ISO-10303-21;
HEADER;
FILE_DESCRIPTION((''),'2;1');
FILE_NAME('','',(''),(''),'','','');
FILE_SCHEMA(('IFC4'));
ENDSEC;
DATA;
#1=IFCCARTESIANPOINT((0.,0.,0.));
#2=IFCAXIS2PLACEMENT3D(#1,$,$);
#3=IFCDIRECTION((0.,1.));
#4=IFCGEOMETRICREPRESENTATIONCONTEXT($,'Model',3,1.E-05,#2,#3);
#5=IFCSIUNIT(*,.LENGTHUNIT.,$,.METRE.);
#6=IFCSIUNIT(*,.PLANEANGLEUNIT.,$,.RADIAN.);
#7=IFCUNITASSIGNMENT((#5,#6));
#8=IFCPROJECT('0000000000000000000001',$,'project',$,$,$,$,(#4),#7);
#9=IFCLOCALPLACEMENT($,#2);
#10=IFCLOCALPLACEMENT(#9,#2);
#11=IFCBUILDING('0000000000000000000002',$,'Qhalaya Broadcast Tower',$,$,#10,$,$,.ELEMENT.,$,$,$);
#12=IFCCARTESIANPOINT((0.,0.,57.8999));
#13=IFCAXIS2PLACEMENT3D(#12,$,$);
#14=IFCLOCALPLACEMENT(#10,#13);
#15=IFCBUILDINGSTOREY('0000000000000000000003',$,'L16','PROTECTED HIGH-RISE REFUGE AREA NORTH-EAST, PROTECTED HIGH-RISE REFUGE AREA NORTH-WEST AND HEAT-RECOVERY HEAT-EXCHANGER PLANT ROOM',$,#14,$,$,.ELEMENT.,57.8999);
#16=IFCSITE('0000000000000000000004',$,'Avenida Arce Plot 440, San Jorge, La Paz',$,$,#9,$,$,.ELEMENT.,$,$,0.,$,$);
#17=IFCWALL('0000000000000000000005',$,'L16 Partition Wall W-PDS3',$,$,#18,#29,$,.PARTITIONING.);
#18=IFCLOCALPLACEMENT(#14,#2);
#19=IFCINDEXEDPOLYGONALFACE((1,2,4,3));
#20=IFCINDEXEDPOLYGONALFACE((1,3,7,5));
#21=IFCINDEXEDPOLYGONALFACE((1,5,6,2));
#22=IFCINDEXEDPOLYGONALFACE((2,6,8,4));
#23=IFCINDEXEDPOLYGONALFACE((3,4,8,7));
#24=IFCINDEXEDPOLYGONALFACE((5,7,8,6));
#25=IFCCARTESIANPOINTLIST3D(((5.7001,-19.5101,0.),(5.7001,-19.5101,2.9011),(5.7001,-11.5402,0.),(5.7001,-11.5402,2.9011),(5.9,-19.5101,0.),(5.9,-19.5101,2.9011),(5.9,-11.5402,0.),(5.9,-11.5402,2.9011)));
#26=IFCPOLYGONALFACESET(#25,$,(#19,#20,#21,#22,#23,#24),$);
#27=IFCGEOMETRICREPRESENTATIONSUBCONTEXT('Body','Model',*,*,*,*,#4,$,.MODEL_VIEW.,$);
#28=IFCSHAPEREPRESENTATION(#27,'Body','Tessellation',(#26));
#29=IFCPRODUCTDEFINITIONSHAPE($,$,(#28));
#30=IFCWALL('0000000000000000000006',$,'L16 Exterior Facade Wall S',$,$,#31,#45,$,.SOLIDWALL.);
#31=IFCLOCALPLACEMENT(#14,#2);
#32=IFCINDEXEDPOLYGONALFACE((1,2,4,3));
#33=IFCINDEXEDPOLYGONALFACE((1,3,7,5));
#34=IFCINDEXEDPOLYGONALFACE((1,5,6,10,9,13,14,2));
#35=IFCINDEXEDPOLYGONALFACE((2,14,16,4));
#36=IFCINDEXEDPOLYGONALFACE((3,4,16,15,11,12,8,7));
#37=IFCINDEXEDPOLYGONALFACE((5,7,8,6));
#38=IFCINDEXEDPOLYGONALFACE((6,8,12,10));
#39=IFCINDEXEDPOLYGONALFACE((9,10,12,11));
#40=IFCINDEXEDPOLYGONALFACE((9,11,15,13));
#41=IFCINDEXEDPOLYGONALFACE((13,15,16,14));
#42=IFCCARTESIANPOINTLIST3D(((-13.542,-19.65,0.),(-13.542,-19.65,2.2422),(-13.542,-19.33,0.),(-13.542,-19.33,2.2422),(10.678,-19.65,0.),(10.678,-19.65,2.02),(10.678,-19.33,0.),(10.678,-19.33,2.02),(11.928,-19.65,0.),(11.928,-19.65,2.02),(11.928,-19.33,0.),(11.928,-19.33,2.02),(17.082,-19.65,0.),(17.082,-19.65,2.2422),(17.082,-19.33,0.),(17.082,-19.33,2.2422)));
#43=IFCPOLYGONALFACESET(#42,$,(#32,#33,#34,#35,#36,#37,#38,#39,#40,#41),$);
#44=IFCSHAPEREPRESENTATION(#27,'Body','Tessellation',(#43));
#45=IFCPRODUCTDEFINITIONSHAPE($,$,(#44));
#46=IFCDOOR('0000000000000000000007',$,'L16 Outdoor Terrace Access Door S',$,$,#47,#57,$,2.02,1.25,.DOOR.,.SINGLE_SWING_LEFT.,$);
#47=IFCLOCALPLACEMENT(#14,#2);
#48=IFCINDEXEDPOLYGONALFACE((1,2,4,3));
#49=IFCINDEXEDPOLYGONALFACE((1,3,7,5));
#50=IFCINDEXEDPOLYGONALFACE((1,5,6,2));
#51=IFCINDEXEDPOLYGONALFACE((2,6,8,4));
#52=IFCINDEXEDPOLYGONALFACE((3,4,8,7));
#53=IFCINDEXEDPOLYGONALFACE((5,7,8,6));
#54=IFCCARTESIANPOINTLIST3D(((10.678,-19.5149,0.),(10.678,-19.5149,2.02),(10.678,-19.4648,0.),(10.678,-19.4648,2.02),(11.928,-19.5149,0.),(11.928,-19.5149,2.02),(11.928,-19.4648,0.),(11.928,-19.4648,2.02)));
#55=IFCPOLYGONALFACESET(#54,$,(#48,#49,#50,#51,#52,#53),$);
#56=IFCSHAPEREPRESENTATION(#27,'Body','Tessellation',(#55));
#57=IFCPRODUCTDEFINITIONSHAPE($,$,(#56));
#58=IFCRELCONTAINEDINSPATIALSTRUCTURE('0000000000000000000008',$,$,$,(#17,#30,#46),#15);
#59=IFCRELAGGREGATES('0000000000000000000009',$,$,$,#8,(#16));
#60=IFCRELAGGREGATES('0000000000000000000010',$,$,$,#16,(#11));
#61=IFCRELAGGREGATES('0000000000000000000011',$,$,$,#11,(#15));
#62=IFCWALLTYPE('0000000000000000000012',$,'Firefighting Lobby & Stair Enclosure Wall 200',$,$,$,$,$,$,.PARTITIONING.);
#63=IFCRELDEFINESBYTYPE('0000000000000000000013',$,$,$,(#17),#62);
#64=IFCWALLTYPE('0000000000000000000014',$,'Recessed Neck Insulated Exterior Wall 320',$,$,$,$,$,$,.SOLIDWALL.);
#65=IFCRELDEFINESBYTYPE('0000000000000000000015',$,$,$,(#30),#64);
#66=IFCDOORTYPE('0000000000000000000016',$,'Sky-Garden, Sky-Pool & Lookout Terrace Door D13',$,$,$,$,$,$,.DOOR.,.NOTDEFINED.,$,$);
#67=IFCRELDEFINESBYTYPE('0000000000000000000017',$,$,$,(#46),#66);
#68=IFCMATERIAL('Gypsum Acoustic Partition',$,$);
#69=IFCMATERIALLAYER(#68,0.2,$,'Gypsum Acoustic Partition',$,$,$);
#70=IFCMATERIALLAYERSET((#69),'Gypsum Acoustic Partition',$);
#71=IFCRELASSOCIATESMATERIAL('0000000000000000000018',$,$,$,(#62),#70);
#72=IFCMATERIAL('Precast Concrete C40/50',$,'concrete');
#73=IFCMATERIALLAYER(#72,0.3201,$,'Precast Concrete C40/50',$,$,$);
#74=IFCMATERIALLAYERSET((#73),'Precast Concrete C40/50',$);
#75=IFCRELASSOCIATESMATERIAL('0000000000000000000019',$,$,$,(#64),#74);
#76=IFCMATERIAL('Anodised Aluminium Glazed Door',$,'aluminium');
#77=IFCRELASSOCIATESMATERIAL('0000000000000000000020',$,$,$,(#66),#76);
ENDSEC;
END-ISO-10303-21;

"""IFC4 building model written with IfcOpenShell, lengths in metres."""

from ifc_helpers import new_model, si_unit, direction, frame, frame_2d, origin, place, context, subcontext, project, spatial, rectangle, extrude, material, layer, layer_set, type_object, element, fill, save


model = new_model("IFC4")

# Units and contexts
model_context = context("Model", 3, precision=1e-05, world=origin(), true_north=direction((0.0, 1.0)))
body_context = subcontext(model_context, "Body", "Model", "MODEL_VIEW")
ifc_project = project(units=[si_unit("LENGTHUNIT", "METRE"), si_unit("PLANEANGLEUNIT", "RADIAN")], contexts=[model_context])

# Site, building, storey
site_placement = place(None, origin())
site = spatial("IfcSite", under=ifc_project, at=site_placement, Name="Avenida Arce Plot 440, San Jorge, La Paz", CompositionType="ELEMENT", RefElevation=0.0)
building_placement = place(site_placement, origin())
building = spatial("IfcBuilding", under=site, at=building_placement, Name="Qhalaya Broadcast Tower", CompositionType="ELEMENT")
storey_placement = place(building_placement, frame((0.0, 0.0, 57.8999)))
storey = spatial("IfcBuildingStorey", under=building, at=storey_placement, Name="L16", Description="PROTECTED HIGH-RISE REFUGE AREA NORTH-EAST, PROTECTED HIGH-RISE REFUGE AREA NORTH-WEST AND HEAT-RECOVERY HEAT-EXCHANGER PLANT ROOM", CompositionType="ELEMENT", Elevation=57.8999)

# Wall
ifc_material_1 = material(Name="Gypsum Acoustic Partition")
ifc_layer_1 = layer(ifc_material_1, 0.2, Name="Gypsum Acoustic Partition")
ifc_layer_set_1 = layer_set([ifc_layer_1], Name="Gypsum Acoustic Partition")
wall_type_1 = type_object("IfcWallType", Name="Firefighting Lobby & Stair Enclosure Wall 200", PredefinedType="PARTITIONING", material=ifc_layer_set_1)
wall_1_placement = place(storey_placement, frame((5.8, -19.51, 0.0), z_axis=(0.0, 0.0, 1.0), x_axis=(0.0, 1.0, 0.0)))
element("IfcWall", 1, at=wall_1_placement, inside=storey, type_object=wall_type_1, Name="L16 Partition Wall W-PDS3", PredefinedType="PARTITIONING", context=body_context, shape_type="SweptSolid", body=[
    extrude(rectangle(XDim=7.97, YDim=0.2, at=frame_2d((3.9849, 0.0))), origin(), (0.0, 0.0, 1.0), 2.9011),
])

# Wall, opening, door
ifc_material_2 = material(Name="Precast Concrete C40/50", Category="concrete")
ifc_layer_2 = layer(ifc_material_2, 0.3201, Name="Precast Concrete C40/50")
ifc_layer_set_2 = layer_set([ifc_layer_2], Name="Precast Concrete C40/50")
wall_type_2 = type_object("IfcWallType", Name="Recessed Neck Insulated Exterior Wall 320", PredefinedType="SOLIDWALL", material=ifc_layer_set_2)
wall_2_placement = place(storey_placement, frame((17.082, -19.49, 0.0), z_axis=(0.0, 0.0, 1.0), x_axis=(-1.0, 0.0, 0.0)))
wall_2 = element("IfcWall", 2, at=wall_2_placement, inside=storey, type_object=wall_type_2, Name="L16 Exterior Facade Wall S", PredefinedType="SOLIDWALL", context=body_context, shape_type="SweptSolid", body=[
    extrude(rectangle(XDim=30.624, YDim=0.3201, at=frame_2d((15.312, 0.0))), origin(), (0.0, 0.0, 1.0), 2.2422),
])
opening_placement = place(wall_2_placement, frame((5.1541, 0.0, 0.0)))
opening = element("IfcOpeningElement", 3, at=opening_placement, cuts=wall_2, PredefinedType="OPENING", context=body_context, shape_type="SweptSolid", body=[
    extrude(rectangle(XDim=1.25, YDim=2.02, at=frame_2d((0.625, 1.01))), frame((0.0, 0.1721, 0.0), z_axis=(0.0, -1.0, 0.0), x_axis=(1.0, 0.0, 0.0)), (0.0, 0.0, 1.0), 0.344),
])
ifc_material_3 = material(Name="Anodised Aluminium Glazed Door", Category="aluminium")
door_type = type_object("IfcDoorType", Name="Sky-Garden, Sky-Pool & Lookout Terrace Door D13", OperationType="NOTDEFINED", PredefinedType="DOOR", material=ifc_material_3)
door_placement = place(opening_placement, origin())
door = element("IfcDoor", 4, at=door_placement, inside=storey, type_object=door_type, Name="L16 Outdoor Terrace Access Door S", OperationType="SINGLE_SWING_LEFT", OverallHeight=2.02, OverallWidth=1.25, PredefinedType="DOOR", context=body_context, shape_type="SweptSolid", body=[
    extrude(rectangle(XDim=1.25, YDim=2.02, at=frame_2d((0.625, 1.01))), frame((0.0, 0.0249, 0.0), z_axis=(0.0, -1.0, 0.0), x_axis=(1.0, 0.0, 0.0)), (0.0, 0.0, 1.0), 0.05),
])
fill(opening, door)

save(model, "model.ifc")
